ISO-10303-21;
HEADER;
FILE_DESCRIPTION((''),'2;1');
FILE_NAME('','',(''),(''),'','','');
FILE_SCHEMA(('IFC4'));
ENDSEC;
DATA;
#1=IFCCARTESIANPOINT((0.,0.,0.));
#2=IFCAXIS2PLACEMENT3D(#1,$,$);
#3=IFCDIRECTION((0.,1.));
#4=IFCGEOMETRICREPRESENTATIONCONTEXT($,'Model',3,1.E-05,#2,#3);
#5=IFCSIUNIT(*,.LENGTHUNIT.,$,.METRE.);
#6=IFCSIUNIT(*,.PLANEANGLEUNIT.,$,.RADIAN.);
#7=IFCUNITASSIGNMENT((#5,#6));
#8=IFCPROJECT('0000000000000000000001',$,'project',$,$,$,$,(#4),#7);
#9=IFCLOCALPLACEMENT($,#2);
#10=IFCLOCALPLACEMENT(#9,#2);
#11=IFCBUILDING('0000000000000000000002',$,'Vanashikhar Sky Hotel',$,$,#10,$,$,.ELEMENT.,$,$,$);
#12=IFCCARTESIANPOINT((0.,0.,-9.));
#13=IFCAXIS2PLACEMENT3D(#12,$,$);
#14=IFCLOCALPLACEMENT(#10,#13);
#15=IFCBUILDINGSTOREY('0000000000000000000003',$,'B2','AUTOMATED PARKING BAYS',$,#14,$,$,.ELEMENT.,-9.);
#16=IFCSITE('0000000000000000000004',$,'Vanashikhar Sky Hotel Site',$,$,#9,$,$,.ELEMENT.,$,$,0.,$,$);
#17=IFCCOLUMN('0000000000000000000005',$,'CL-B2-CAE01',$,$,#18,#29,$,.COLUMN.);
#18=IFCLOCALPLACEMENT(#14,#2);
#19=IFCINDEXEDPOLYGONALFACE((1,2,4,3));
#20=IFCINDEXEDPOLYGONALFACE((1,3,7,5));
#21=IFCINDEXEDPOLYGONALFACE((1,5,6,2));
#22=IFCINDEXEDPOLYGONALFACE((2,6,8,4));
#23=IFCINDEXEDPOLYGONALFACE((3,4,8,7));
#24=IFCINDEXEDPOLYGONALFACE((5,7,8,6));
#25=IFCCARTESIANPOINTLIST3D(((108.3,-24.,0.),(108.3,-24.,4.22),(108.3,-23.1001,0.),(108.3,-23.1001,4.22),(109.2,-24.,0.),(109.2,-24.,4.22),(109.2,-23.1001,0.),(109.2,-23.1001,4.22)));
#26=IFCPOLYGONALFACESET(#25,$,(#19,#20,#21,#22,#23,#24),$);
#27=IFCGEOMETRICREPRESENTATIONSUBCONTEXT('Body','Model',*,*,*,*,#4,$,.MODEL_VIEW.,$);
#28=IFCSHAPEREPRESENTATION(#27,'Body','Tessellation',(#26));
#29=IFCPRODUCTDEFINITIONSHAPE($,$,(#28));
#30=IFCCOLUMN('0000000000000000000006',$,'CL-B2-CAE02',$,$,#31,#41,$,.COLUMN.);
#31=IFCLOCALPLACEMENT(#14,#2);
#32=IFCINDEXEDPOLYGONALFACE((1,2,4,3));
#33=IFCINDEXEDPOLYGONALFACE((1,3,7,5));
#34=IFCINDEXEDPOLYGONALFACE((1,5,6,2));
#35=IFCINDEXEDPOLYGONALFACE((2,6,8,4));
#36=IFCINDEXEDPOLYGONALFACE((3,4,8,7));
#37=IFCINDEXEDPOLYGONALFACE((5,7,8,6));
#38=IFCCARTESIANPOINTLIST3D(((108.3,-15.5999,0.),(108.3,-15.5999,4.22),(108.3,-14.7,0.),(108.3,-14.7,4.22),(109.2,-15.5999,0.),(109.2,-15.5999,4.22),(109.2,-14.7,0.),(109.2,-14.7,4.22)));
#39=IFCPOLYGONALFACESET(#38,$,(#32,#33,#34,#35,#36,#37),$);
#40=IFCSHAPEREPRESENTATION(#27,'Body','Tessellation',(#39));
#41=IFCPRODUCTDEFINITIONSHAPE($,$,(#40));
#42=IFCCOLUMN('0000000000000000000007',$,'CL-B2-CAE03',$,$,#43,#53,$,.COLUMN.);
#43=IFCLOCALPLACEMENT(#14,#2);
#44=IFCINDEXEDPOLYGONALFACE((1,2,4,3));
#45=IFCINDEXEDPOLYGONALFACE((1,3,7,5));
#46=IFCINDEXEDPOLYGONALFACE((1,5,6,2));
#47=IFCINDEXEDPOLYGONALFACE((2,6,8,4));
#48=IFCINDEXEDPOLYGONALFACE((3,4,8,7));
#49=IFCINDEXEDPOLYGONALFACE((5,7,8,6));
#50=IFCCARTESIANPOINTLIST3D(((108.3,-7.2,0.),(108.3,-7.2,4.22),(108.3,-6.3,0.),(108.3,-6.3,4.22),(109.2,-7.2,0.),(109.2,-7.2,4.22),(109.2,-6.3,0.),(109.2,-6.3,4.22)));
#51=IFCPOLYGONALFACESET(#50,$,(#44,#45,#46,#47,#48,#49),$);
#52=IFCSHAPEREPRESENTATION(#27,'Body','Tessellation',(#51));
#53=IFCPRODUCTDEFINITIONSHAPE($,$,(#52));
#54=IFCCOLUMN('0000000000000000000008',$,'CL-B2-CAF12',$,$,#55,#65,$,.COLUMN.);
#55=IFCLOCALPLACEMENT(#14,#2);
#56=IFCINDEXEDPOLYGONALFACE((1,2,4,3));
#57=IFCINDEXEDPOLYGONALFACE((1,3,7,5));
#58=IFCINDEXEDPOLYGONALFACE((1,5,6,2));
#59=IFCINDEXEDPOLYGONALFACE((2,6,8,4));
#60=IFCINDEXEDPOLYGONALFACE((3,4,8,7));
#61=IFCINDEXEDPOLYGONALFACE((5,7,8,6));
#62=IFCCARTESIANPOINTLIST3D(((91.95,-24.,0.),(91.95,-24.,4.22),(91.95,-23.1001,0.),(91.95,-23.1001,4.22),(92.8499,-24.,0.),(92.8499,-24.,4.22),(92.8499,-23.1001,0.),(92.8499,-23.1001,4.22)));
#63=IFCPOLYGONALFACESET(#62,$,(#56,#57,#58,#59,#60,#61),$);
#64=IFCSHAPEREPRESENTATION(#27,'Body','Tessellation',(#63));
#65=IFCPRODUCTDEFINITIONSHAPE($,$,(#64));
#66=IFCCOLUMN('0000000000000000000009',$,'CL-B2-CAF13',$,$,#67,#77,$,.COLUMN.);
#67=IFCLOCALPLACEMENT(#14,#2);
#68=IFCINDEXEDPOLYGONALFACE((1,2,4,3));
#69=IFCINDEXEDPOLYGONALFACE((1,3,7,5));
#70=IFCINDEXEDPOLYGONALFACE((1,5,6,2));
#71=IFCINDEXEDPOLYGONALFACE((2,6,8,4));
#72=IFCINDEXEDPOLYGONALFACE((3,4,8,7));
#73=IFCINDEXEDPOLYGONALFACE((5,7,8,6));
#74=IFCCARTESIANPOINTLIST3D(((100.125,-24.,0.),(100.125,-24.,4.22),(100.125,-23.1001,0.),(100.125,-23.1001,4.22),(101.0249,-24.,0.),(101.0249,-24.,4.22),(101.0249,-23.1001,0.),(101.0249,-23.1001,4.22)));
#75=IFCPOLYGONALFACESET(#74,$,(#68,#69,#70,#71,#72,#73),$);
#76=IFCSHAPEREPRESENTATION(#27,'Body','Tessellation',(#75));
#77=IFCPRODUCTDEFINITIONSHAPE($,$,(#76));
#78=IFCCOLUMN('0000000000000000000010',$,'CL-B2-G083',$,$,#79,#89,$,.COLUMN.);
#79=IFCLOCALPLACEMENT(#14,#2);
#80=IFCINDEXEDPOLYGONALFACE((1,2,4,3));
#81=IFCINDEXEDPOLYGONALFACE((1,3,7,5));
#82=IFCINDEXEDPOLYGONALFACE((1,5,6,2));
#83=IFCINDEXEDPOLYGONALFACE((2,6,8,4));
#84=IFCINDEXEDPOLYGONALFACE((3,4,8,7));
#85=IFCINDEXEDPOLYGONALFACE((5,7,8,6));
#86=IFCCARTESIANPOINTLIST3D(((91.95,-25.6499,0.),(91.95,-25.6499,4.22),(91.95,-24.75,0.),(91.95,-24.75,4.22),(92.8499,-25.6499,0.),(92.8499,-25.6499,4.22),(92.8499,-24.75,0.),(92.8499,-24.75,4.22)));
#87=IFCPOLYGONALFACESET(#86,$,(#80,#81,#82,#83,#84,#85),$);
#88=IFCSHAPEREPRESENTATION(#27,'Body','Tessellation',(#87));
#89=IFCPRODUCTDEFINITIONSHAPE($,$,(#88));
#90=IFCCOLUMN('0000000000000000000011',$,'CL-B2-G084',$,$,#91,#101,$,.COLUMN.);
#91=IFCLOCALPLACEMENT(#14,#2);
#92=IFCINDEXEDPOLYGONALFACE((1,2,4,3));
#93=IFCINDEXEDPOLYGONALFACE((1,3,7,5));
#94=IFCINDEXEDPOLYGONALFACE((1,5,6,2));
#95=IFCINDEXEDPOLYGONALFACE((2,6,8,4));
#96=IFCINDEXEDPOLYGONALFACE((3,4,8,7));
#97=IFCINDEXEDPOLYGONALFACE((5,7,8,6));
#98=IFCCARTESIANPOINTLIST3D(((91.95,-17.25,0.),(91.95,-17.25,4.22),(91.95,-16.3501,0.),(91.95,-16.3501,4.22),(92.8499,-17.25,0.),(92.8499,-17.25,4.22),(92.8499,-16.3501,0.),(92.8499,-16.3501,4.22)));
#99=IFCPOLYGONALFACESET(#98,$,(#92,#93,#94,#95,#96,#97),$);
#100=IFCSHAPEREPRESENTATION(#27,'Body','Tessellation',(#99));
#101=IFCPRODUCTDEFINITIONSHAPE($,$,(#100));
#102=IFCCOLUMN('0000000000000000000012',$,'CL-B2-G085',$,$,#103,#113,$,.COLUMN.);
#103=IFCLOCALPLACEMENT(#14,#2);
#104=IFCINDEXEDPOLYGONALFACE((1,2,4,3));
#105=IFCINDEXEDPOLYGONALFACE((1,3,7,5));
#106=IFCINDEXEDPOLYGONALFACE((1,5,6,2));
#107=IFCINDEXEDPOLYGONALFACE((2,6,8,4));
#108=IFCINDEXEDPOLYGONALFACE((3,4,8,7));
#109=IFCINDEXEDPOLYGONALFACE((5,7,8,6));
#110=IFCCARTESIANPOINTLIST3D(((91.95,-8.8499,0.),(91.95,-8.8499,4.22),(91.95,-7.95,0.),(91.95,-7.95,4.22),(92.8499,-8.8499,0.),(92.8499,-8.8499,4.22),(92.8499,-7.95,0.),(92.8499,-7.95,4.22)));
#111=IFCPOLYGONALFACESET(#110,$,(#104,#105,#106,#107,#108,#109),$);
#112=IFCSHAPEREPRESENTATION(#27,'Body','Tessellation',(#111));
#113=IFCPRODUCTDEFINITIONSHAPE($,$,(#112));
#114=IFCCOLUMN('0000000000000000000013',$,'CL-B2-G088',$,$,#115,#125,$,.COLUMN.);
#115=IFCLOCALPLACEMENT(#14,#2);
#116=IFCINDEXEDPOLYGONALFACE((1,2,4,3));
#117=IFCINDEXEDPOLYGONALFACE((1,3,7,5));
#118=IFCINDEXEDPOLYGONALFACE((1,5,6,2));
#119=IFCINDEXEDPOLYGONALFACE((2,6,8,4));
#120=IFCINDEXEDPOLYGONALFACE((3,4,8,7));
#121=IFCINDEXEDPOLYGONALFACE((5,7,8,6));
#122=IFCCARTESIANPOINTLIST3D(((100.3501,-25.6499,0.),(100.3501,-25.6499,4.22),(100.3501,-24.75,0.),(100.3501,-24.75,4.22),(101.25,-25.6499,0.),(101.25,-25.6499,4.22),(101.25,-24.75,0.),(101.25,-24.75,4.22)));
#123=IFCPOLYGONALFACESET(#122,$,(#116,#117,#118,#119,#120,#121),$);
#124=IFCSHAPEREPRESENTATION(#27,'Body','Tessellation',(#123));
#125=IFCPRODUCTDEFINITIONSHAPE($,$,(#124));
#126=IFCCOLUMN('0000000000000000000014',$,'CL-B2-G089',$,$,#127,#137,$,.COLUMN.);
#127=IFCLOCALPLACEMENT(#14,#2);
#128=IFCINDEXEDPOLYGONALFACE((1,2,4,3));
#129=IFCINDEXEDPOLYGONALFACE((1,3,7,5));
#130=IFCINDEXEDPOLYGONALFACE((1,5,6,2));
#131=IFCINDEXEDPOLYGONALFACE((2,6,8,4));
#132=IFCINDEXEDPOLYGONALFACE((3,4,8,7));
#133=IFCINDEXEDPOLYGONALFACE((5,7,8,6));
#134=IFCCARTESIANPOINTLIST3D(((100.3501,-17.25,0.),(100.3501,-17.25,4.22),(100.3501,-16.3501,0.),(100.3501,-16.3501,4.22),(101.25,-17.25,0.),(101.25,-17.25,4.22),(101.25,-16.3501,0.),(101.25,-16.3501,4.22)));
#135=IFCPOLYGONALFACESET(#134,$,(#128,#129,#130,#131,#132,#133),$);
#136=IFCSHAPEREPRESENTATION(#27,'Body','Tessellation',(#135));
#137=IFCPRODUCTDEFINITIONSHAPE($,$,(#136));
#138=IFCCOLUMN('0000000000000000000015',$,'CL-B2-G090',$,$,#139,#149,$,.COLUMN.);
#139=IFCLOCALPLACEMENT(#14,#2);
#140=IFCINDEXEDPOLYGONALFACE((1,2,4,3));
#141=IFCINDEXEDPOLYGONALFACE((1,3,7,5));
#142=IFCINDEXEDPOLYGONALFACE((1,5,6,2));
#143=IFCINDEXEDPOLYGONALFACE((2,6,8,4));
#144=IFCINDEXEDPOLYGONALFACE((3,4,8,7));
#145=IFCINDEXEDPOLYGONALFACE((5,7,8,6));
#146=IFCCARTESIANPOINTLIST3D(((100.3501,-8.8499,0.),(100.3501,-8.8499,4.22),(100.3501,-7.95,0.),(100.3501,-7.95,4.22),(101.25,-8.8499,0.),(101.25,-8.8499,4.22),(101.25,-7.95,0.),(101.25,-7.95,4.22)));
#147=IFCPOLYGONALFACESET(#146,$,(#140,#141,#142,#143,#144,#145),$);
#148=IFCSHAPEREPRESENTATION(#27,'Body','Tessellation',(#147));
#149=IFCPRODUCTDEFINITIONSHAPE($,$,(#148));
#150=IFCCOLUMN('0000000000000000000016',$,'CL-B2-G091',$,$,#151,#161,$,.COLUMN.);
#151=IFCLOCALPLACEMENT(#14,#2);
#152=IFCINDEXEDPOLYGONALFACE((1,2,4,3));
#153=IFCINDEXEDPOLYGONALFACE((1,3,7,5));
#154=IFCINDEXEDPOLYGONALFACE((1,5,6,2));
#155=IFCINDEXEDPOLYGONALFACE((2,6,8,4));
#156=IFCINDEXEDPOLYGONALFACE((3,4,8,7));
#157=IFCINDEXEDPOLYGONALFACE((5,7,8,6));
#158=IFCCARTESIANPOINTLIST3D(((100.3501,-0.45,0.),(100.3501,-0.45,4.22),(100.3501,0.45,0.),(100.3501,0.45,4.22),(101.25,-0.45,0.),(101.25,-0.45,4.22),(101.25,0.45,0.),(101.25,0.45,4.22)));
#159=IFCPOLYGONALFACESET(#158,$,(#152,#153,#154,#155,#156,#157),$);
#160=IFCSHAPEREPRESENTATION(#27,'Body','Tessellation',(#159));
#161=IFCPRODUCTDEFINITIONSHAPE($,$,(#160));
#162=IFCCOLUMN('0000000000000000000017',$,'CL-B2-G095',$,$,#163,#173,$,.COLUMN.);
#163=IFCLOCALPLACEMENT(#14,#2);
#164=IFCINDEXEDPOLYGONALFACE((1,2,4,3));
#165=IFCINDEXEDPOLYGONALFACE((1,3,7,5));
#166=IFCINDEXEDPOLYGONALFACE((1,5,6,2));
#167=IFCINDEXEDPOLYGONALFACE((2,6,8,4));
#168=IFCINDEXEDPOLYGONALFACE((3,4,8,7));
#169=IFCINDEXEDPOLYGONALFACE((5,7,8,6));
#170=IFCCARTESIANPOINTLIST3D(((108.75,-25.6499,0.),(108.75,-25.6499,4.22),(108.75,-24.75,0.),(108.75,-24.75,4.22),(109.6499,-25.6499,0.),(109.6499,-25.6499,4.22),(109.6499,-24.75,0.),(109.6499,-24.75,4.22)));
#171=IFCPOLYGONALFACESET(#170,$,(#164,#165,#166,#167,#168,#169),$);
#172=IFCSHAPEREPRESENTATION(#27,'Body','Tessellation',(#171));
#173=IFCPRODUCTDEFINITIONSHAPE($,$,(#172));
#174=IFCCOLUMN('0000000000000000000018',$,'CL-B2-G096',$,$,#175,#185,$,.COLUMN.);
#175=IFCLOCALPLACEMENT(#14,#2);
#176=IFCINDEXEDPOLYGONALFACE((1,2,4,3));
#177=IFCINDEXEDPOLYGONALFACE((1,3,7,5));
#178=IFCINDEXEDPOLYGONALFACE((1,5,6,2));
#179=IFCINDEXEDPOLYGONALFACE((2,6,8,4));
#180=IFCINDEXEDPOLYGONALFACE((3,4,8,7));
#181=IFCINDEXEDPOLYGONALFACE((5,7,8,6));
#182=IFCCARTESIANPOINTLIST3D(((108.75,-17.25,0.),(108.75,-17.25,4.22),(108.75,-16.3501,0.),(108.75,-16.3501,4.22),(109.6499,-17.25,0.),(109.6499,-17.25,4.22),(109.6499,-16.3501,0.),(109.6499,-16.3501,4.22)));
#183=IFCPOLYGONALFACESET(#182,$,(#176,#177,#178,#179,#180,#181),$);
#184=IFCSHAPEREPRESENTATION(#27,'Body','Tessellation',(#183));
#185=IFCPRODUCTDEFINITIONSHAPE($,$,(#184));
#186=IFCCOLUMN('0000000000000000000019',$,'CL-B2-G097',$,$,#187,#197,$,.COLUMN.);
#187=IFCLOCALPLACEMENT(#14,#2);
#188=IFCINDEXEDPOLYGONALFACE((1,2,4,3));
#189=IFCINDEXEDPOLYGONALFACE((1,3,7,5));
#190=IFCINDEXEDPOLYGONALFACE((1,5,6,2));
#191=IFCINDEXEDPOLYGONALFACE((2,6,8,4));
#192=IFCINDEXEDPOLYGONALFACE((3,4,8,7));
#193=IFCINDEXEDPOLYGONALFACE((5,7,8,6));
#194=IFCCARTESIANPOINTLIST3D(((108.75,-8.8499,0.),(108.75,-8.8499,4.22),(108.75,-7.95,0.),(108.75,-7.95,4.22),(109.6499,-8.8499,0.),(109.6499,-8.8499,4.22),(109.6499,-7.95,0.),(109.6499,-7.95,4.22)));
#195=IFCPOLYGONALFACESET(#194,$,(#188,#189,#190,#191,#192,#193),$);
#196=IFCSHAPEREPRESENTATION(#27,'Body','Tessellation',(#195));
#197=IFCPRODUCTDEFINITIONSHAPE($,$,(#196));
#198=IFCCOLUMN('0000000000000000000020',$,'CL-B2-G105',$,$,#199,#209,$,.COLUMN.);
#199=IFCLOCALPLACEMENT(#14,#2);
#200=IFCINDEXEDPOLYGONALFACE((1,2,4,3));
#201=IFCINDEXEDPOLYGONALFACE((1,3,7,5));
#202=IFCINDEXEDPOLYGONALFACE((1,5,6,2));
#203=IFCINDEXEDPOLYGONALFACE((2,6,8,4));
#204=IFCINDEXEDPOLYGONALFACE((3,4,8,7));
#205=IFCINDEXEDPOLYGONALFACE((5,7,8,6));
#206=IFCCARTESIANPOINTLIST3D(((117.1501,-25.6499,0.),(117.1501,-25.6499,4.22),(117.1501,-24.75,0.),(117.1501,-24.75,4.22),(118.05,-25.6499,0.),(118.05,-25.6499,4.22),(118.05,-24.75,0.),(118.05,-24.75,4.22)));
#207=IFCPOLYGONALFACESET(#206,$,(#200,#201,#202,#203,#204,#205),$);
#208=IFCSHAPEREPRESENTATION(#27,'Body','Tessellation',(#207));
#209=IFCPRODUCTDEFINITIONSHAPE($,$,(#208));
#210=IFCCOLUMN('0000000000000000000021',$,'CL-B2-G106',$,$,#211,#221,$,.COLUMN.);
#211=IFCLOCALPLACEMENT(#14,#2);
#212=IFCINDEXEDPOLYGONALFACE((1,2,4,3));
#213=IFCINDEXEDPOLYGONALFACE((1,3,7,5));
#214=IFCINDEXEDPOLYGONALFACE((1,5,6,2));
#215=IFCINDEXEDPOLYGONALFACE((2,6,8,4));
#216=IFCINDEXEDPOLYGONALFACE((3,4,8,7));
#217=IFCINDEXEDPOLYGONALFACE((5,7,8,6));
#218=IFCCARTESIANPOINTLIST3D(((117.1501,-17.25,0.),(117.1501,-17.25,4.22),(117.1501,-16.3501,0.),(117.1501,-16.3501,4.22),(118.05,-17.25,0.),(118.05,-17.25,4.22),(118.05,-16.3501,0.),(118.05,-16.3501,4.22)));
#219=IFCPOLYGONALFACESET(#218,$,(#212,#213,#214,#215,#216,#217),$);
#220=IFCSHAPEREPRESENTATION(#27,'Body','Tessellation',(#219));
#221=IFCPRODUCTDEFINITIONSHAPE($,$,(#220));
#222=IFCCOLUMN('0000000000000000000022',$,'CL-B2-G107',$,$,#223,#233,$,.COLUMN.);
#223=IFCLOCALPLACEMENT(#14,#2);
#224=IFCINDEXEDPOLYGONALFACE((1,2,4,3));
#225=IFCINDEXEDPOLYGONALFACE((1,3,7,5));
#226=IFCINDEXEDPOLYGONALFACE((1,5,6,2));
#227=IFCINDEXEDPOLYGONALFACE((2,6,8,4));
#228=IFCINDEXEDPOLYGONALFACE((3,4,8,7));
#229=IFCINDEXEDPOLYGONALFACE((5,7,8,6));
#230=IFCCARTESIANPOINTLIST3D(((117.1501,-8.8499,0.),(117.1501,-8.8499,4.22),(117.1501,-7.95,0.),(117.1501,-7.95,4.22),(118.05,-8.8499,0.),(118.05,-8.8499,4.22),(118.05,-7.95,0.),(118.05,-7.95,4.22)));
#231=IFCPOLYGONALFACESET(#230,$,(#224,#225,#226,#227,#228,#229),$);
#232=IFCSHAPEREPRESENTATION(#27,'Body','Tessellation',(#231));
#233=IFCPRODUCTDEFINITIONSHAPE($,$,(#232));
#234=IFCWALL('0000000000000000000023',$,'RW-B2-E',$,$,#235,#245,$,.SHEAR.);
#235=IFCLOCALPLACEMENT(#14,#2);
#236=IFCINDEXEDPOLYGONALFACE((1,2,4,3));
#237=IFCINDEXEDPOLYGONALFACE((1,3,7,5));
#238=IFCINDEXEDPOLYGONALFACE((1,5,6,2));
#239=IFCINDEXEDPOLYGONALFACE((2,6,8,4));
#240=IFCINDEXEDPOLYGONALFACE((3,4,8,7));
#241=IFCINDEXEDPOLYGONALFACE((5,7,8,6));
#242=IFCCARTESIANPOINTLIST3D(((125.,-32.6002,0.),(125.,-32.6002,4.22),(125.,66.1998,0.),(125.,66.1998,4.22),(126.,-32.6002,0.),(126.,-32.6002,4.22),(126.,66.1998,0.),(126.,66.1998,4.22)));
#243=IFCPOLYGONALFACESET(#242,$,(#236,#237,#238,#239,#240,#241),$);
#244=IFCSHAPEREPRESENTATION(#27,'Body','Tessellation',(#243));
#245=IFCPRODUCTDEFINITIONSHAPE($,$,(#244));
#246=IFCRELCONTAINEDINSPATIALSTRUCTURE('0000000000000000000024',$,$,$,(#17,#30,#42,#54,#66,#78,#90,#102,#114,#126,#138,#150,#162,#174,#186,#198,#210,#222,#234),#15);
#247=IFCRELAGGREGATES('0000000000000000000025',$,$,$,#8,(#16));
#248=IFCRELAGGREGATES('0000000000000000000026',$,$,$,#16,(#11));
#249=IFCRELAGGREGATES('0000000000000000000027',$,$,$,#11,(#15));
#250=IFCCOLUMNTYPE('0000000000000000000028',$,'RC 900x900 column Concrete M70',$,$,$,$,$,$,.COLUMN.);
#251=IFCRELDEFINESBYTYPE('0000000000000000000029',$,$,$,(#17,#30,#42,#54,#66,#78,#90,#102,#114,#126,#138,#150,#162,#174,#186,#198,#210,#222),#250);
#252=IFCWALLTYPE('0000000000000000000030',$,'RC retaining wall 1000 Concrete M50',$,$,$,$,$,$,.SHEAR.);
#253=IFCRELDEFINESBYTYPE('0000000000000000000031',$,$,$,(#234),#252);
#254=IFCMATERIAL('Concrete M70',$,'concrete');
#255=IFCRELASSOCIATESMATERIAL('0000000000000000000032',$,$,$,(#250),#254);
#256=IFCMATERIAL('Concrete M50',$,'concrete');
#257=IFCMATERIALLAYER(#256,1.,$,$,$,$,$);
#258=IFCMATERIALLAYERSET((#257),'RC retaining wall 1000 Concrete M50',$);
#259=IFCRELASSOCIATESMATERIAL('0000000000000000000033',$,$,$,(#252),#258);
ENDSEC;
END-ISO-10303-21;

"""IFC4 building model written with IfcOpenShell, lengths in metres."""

from ifc_helpers import new_model, si_unit, direction, frame, frame_2d, origin, origin_2d, place, context, subcontext, project, spatial, rectangle, extrude, source, transform, mapped, material, layer, layer_set, material_profile, profile_set, type_object, element, save


model = new_model("IFC4")

# Units and contexts
model_context = context("Model", 3, precision=1e-05, world=origin(), true_north=direction((0.0, 1.0)))
body_context = subcontext(model_context, "Body", "Model", "MODEL_VIEW")
ifc_project = project(units=[si_unit("LENGTHUNIT", "METRE"), si_unit("PLANEANGLEUNIT", "RADIAN")], contexts=[model_context])

# Site, building, storey
site_placement = place(None, origin())
site = spatial("IfcSite", under=ifc_project, at=site_placement, Name="Vanashikhar Sky Hotel Site", CompositionType="ELEMENT", RefElevation=0.0)
building_placement = place(site_placement, origin())
building = spatial("IfcBuilding", under=site, at=building_placement, Name="Vanashikhar Sky Hotel", CompositionType="ELEMENT")
storey_placement = place(building_placement, frame((0.0, 0.0, -9.0)))
storey = spatial("IfcBuildingStorey", under=building, at=storey_placement, Name="B2", Description="AUTOMATED PARKING BAYS", CompositionType="ELEMENT", Elevation=-9.0)

# Columns
ifc_material_1 = material(Name="Concrete M70", Category="concrete")
ifc_material_profile = material_profile(ifc_material_1, rectangle(XDim=0.8999, YDim=0.8999, at=origin_2d()))
ifc_profile_set = profile_set([ifc_material_profile], Name="RC 900x900 column Concrete M70")
column_type = type_object("IfcColumnType", Name="RC 900x900 column Concrete M70", PredefinedType="COLUMN", material=ifc_profile_set)
shared_shape_1 = source(origin(), body_context, "Body", "SweptSolid", [
    extrude(rectangle(XDim=0.8999, YDim=0.8999, at=origin_2d()), origin(), (0.0, 0.0, 1.0), 4.22),
])
for number, where, z_axis, x_axis, name in (
    (1, (108.75, -23.55, 0.0), (0.0, 0.0, 1.0), (1.0, 0.0, 0.0), "CL-B2-CAE01"),
    (2, (108.75, -15.1499, 0.0), (0.0, 0.0, 1.0), (1.0, 0.0, 0.0), "CL-B2-CAE02"),
    (3, (108.75, -6.75, 0.0), (0.0, 0.0, 1.0), (1.0, 0.0, 0.0), "CL-B2-CAE03"),
    (4, (92.3999, -23.55, 0.0), (0.0, 0.0, 1.0), (1.0, 0.0, 0.0), "CL-B2-CAF12"),
    (5, (100.575, -23.55, 0.0), (0.0, 0.0, 1.0), (1.0, 0.0, 0.0), "CL-B2-CAF13"),
    (6, (92.3999, -25.2, 0.0), (0.0, 0.0, 1.0), (1.0, 0.0, 0.0), "CL-B2-G083"),
    (7, (92.3999, -16.8, 0.0), (0.0, 0.0, 1.0), (1.0, 0.0, 0.0), "CL-B2-G084"),
    (8, (92.3999, -8.3999, 0.0), (0.0, 0.0, 1.0), (1.0, 0.0, 0.0), "CL-B2-G085"),
    (9, (100.8, -25.2, 0.0), (0.0, 0.0, 1.0), (1.0, 0.0, 0.0), "CL-B2-G088"),
    (10, (100.8, -16.8, 0.0), (0.0, 0.0, 1.0), (1.0, 0.0, 0.0), "CL-B2-G089"),
    (11, (100.8, -8.3999, 0.0), (0.0, 0.0, 1.0), (1.0, 0.0, 0.0), "CL-B2-G090"),
    (12, (100.8, 0.0, 0.0), (0.0, 0.0, 1.0), (1.0, 0.0, 0.0), "CL-B2-G091"),
    (13, (109.2, -25.2, 0.0), (0.0, 0.0, 1.0), (1.0, 0.0, 0.0), "CL-B2-G095"),
    (14, (109.2, -16.8, 0.0), (0.0, 0.0, 1.0), (1.0, 0.0, 0.0), "CL-B2-G096"),
    (15, (109.2, -8.3999, 0.0), (0.0, 0.0, 1.0), (1.0, 0.0, 0.0), "CL-B2-G097"),
    (16, (117.6001, -25.2, 0.0), (0.0, 0.0, 1.0), (1.0, 0.0, 0.0), "CL-B2-G105"),
    (17, (117.6001, -16.8, 0.0), (0.0, 0.0, 1.0), (1.0, 0.0, 0.0), "CL-B2-G106"),
    (18, (117.6001, -8.3999, 0.0), (0.0, 0.0, 1.0), (1.0, 0.0, 0.0), "CL-B2-G107"),
):
    element("IfcColumn", number, at=place(storey_placement, frame(where, z_axis=z_axis, x_axis=x_axis)), inside=storey, type_object=column_type, Name=name, PredefinedType="COLUMN", context=body_context, shape_type="MappedRepresentation", body=[
        mapped(shared_shape_1, transform((0.0, 0.0, 0.0), scale=1.0)),
    ])

# Wall
ifc_material_2 = material(Name="Concrete M50", Category="concrete")
ifc_layer_1 = layer(ifc_material_2, 1.0)
ifc_layer_set_1 = layer_set([ifc_layer_1], Name="RC retaining wall 1000 Concrete M50")
wall_type_1 = type_object("IfcWallType", Name="RC retaining wall 1000 Concrete M50", PredefinedType="SHEAR", material=ifc_layer_set_1)
shared_shape_2 = source(origin(), body_context, "Body", "SweptSolid", [
    extrude(rectangle(XDim=98.8, YDim=1.0, at=frame_2d((49.3999, 0.0))), origin(), (0.0, 0.0, 1.0), 4.22),
])
wall_1_placement = place(storey_placement, frame((125.5, -32.6001, 0.0), z_axis=(0.0, 0.0, 1.0), x_axis=(0.0, 1.0, 0.0)))
element("IfcWall", 19, at=wall_1_placement, inside=storey, type_object=wall_type_1, Name="RW-B2-E", PredefinedType="SHEAR", context=body_context, shape_type="MappedRepresentation", body=[
    mapped(shared_shape_2, transform((0.0, 0.0, 0.0), scale=1.0)),
])

save(model, "model.ifc")
